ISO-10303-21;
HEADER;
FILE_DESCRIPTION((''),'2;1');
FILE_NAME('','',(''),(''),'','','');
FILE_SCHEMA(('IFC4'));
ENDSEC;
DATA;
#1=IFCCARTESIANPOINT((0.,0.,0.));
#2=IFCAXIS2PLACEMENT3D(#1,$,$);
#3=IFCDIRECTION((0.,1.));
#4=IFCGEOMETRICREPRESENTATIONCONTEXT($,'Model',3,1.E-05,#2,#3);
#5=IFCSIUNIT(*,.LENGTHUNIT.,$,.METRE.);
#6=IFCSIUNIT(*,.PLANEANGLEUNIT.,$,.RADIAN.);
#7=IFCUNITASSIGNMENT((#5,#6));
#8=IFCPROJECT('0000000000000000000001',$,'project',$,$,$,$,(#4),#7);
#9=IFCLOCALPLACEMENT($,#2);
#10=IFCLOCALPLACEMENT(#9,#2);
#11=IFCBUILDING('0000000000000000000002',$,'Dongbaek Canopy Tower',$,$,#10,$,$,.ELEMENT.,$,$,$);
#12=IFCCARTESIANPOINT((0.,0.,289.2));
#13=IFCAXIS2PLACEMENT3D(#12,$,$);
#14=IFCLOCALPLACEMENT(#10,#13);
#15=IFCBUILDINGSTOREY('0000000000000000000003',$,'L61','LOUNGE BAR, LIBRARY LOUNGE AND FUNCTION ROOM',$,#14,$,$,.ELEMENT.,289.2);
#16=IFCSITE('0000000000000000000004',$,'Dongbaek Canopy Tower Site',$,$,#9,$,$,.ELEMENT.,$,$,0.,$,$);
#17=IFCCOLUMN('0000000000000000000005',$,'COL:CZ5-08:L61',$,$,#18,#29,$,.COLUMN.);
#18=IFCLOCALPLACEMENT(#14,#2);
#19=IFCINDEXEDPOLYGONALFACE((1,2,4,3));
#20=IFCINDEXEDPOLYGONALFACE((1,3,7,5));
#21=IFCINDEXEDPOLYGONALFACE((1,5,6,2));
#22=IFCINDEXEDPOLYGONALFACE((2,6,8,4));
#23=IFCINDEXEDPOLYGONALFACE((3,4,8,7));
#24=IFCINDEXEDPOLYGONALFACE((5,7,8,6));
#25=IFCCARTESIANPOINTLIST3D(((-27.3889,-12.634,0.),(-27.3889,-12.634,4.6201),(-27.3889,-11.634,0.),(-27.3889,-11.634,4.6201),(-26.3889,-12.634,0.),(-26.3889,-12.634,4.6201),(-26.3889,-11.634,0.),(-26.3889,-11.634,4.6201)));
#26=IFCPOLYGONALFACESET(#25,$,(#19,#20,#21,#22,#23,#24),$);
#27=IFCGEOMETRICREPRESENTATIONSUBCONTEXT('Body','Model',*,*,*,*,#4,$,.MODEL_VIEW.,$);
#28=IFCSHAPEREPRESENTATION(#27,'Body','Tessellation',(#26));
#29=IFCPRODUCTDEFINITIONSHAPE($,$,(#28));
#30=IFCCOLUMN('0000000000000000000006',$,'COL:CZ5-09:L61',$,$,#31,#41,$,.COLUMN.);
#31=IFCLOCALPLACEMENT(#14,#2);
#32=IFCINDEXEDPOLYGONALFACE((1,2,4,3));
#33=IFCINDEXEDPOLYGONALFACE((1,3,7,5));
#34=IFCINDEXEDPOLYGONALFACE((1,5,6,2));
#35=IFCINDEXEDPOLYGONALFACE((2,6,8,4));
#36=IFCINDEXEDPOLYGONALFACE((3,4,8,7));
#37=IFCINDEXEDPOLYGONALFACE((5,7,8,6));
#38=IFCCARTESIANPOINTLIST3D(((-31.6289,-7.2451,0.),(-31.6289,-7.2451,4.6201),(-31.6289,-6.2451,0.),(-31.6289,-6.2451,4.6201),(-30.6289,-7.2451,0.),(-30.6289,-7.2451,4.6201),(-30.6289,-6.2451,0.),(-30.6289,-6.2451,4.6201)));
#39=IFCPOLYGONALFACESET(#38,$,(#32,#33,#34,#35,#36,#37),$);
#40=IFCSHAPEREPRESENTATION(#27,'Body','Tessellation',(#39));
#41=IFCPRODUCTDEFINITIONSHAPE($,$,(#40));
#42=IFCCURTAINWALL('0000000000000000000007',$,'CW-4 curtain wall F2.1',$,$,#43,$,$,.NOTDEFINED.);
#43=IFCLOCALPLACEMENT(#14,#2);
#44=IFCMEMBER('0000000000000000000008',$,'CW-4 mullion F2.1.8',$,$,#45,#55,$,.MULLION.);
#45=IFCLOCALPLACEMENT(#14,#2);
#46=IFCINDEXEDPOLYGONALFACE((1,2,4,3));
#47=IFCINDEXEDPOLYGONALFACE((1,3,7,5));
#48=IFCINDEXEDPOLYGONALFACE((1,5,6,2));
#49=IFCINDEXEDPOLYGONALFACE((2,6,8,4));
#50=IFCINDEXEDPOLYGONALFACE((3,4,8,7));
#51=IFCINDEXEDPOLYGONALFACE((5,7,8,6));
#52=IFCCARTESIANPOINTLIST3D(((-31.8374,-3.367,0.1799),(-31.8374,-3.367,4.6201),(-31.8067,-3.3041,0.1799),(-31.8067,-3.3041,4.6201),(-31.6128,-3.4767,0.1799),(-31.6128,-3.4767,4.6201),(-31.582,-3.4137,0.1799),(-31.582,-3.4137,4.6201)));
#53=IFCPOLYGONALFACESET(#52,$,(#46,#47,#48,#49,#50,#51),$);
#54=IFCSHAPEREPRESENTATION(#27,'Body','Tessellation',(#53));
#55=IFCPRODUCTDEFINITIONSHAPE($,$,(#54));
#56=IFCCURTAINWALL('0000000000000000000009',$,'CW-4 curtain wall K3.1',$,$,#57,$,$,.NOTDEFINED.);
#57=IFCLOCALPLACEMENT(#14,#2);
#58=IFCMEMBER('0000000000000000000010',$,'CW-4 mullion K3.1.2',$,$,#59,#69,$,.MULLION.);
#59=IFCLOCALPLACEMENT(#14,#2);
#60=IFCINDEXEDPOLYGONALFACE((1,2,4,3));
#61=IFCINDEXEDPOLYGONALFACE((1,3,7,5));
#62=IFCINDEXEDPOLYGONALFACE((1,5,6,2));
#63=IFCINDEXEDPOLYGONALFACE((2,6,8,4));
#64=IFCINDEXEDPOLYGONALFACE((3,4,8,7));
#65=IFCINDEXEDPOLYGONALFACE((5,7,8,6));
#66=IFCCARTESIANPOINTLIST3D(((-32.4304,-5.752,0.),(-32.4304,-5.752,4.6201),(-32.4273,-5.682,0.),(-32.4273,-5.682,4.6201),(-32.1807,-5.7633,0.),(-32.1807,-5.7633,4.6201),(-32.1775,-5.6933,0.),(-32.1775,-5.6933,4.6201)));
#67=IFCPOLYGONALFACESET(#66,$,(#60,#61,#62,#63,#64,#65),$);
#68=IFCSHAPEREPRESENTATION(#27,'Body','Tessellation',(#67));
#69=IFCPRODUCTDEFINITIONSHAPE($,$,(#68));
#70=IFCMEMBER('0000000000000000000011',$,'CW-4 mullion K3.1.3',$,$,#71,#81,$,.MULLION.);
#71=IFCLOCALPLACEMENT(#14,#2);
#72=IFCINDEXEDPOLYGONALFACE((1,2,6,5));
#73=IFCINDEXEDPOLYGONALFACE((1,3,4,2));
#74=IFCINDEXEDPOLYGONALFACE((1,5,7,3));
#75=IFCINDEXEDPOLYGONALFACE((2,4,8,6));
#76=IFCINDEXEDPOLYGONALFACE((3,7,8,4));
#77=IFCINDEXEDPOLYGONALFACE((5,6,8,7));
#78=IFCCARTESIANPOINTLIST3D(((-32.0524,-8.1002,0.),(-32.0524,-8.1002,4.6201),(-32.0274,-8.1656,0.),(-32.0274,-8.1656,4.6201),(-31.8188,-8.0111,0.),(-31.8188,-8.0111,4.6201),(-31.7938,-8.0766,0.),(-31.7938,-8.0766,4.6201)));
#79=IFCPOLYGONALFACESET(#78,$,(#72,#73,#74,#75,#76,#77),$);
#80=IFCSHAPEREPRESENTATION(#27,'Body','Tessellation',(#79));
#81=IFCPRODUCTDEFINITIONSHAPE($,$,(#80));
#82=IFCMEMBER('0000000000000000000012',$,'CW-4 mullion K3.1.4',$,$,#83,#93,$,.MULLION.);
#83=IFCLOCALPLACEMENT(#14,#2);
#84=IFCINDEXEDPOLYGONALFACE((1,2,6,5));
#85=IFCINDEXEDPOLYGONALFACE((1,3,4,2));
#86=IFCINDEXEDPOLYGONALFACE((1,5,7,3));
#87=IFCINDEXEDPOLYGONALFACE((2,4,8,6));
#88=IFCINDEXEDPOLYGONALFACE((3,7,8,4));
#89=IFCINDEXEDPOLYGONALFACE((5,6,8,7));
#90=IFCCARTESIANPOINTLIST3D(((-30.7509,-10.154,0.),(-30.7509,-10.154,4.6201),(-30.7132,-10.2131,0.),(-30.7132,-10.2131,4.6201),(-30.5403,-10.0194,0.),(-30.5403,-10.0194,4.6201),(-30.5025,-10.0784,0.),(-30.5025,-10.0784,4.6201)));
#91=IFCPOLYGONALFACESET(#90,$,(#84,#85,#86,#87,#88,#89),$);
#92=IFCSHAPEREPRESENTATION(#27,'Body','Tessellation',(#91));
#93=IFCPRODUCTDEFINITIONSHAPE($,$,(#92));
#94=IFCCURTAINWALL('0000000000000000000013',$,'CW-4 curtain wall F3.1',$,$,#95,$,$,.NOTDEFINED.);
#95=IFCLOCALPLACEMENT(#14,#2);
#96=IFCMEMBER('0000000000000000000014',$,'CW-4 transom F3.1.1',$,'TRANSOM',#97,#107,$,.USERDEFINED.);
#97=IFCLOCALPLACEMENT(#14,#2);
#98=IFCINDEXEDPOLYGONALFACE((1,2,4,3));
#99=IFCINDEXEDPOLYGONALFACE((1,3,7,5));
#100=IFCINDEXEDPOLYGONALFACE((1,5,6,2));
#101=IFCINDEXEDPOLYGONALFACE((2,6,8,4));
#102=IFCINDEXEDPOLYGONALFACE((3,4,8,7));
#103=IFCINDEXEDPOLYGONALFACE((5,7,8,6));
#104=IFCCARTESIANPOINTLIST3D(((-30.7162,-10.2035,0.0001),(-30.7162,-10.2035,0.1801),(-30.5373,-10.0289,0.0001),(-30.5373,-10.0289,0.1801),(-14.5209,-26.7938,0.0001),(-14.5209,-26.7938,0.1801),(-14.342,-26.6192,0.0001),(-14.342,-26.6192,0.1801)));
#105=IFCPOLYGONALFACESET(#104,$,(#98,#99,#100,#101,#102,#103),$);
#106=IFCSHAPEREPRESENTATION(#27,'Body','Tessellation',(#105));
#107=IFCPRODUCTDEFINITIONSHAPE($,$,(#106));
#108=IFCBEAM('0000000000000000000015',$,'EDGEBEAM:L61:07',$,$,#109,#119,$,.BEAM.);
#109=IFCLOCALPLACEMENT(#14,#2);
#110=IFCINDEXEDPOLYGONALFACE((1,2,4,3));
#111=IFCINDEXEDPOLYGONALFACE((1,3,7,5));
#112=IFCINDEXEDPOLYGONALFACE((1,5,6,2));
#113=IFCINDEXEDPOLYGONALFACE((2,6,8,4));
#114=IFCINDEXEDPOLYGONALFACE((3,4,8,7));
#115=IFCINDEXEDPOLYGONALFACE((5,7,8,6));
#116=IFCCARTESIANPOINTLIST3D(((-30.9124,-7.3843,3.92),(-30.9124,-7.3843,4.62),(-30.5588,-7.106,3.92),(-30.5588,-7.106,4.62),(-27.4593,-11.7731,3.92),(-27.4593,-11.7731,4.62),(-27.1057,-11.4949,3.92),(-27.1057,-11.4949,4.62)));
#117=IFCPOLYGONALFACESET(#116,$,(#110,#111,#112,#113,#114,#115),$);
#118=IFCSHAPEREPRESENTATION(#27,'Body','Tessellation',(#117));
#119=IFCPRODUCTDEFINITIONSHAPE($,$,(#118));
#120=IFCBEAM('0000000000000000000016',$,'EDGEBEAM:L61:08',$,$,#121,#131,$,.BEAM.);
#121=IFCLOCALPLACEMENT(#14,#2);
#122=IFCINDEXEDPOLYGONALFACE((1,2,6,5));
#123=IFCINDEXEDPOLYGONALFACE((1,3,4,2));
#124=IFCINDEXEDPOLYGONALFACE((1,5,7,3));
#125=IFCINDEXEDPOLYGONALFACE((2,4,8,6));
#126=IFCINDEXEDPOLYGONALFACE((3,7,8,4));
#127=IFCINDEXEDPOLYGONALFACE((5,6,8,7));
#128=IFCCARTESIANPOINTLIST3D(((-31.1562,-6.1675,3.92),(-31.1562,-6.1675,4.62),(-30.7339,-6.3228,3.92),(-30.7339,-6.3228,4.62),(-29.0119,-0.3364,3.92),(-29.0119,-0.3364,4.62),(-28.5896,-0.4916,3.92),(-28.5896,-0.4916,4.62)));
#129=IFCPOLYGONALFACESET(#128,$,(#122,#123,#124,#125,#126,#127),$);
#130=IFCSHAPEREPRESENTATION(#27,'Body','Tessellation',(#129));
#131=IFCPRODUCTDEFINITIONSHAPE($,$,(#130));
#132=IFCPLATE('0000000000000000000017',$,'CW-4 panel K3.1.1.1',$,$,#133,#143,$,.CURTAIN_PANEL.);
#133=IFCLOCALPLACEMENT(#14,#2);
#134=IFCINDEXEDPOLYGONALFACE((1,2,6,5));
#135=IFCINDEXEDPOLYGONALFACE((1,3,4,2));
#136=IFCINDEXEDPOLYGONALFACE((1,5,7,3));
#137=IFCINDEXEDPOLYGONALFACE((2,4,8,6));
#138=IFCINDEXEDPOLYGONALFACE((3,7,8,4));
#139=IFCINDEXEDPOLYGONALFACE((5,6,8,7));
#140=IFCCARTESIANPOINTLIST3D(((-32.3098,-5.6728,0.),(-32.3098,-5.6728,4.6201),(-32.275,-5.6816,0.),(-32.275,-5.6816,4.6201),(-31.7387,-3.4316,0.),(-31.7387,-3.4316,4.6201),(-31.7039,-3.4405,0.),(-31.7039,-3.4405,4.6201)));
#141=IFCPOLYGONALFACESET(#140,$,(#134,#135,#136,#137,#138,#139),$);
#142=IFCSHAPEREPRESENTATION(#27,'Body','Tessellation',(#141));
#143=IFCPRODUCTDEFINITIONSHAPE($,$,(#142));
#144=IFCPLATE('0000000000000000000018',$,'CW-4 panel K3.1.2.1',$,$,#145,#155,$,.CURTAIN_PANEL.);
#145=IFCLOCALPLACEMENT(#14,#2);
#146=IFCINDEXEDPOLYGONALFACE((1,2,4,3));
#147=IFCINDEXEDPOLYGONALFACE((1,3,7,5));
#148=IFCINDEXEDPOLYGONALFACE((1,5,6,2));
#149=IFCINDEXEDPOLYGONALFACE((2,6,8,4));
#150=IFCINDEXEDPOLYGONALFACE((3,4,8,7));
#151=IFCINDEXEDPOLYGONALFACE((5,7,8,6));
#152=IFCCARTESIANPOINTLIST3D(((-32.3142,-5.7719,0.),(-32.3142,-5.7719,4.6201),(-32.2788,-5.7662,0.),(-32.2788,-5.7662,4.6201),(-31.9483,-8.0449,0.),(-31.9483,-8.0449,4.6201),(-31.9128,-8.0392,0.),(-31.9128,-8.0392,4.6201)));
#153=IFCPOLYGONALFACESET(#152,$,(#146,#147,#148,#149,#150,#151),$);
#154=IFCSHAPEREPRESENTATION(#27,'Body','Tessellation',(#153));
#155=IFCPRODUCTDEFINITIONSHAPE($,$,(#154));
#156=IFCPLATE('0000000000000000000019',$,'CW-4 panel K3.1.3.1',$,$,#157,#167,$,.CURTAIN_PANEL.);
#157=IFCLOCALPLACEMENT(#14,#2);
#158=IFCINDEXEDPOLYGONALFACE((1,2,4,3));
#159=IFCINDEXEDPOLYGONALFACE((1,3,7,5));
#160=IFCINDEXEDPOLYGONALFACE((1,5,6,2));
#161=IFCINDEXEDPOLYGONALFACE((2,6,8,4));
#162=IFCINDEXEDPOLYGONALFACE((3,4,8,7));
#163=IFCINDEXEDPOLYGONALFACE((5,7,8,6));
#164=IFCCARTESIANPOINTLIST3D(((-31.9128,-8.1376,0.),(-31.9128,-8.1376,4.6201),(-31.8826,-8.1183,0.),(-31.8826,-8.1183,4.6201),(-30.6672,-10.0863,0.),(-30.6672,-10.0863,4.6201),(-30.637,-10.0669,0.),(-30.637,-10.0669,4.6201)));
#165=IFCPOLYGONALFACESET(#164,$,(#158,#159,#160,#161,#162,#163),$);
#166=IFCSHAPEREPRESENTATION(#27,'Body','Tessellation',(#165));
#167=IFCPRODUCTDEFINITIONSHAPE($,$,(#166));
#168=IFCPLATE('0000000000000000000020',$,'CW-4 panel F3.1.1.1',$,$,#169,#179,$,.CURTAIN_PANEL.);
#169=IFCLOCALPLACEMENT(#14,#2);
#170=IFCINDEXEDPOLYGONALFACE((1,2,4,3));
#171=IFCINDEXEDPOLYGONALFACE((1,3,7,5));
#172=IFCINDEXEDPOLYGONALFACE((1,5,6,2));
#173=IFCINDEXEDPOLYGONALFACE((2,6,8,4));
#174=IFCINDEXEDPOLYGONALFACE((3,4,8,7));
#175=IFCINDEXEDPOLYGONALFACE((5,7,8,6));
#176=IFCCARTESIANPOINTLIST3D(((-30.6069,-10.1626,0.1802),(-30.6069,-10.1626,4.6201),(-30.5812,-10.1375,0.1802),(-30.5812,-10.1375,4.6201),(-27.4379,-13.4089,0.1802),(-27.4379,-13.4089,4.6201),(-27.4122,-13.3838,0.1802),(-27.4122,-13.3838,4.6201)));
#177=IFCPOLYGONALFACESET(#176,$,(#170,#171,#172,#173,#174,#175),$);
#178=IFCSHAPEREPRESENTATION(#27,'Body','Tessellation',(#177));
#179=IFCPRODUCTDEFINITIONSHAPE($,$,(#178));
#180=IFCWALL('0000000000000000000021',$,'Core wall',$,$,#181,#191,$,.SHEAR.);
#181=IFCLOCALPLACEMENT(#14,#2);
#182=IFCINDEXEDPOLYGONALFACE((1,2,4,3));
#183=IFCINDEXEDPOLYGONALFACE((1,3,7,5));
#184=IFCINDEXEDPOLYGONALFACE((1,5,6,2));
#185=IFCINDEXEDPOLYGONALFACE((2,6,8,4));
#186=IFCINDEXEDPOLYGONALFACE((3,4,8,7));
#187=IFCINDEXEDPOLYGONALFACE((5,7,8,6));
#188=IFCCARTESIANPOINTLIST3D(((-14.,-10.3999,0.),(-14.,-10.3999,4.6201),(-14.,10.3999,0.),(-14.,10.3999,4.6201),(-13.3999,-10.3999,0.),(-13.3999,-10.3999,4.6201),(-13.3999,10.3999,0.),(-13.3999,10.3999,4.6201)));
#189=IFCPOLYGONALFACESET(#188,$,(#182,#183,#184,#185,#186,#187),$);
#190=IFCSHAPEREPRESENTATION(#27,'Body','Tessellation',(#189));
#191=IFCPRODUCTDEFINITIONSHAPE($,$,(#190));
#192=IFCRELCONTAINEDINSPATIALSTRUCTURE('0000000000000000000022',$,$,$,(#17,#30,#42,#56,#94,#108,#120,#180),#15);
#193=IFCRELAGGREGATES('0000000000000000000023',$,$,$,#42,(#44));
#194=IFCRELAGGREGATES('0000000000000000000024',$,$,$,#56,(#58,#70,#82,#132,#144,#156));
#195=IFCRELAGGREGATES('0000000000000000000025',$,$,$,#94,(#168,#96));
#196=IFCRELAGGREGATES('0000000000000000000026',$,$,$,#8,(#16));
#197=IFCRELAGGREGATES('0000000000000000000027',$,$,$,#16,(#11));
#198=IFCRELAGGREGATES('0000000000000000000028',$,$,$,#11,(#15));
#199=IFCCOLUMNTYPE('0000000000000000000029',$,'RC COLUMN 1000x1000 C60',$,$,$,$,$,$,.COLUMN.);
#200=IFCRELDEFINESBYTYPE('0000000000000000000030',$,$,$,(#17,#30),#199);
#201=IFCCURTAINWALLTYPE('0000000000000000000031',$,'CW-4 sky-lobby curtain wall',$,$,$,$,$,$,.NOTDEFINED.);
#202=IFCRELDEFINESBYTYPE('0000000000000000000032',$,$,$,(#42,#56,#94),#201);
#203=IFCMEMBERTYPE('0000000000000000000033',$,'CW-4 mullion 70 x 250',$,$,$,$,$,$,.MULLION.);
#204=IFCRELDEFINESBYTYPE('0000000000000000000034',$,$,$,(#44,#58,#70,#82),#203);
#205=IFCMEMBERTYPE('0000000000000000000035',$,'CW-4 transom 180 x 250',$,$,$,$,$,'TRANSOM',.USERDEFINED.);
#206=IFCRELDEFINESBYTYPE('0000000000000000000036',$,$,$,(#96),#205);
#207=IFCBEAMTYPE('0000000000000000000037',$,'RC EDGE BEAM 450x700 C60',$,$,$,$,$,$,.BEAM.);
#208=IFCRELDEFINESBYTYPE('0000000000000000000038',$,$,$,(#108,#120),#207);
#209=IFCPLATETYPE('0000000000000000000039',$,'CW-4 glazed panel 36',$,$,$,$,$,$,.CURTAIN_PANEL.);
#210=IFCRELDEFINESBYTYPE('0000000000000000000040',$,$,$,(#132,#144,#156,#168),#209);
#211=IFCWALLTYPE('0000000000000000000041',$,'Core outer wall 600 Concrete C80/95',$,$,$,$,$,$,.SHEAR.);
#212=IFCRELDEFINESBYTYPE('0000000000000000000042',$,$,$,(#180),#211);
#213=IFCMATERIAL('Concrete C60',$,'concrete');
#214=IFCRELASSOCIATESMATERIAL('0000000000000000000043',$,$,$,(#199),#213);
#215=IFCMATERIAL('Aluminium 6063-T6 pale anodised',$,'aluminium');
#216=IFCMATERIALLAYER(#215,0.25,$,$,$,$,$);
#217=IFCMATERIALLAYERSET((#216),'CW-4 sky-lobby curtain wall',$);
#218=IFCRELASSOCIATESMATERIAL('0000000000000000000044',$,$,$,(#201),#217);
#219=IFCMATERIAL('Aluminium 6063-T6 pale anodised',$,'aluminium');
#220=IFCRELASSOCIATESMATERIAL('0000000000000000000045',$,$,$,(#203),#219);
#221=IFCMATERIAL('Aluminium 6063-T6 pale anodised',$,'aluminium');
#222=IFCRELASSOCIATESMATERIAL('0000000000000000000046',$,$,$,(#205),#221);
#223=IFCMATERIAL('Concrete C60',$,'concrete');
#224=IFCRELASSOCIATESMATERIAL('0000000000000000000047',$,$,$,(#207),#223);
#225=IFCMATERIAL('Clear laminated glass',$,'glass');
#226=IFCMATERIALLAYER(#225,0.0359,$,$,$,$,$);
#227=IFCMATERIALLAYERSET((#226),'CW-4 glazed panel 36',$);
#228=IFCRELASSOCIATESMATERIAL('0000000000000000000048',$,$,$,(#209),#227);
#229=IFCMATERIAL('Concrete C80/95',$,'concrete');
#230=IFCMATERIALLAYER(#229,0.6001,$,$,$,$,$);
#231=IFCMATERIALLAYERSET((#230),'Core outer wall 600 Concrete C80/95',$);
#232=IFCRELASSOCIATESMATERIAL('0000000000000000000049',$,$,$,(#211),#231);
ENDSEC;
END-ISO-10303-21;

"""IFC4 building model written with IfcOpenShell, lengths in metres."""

from ifc_helpers import new_model, si_unit, direction, frame, frame_2d, origin, origin_2d, place, context, subcontext, project, spatial, rectangle, extrude, material, layer, layer_set, material_profile, profile_set, type_object, element, aggregate, save


model = new_model("IFC4")

# Units and contexts
model_context = context("Model", 3, precision=1e-05, world=origin(), true_north=direction((0.0, 1.0)))
body_context = subcontext(model_context, "Body", "Model", "MODEL_VIEW")
ifc_project = project(units=[si_unit("LENGTHUNIT", "METRE"), si_unit("PLANEANGLEUNIT", "RADIAN")], contexts=[model_context])

# Site, building, storey
site_placement = place(None, origin())
site = spatial("IfcSite", under=ifc_project, at=site_placement, Name="Dongbaek Canopy Tower Site", CompositionType="ELEMENT", RefElevation=0.0)
building_placement = place(site_placement, origin())
building = spatial("IfcBuilding", under=site, at=building_placement, Name="Dongbaek Canopy Tower", CompositionType="ELEMENT")
storey_placement = place(building_placement, frame((0.0, 0.0, 289.2)))
storey = spatial("IfcBuildingStorey", under=building, at=storey_placement, Name="L61", Description="LOUNGE BAR, LIBRARY LOUNGE AND FUNCTION ROOM", CompositionType="ELEMENT", Elevation=289.2)

# Columns
ifc_material_1 = material(Name="Concrete C60", Category="concrete")
ifc_material_profile_1 = material_profile(ifc_material_1, rectangle(XDim=1.0, YDim=1.0, at=origin_2d()), Name="RC COLUMN 1000x1000 C60")
ifc_profile_set_1 = profile_set([ifc_material_profile_1], Name="Concrete C60")
column_type = type_object("IfcColumnType", Name="RC COLUMN 1000x1000 C60", PredefinedType="COLUMN", material=ifc_profile_set_1)
for number, where, z_axis, x_axis, name in (
    (1, (-26.8889, -12.134, 0.0), (0.0, 0.0, 1.0), (1.0, 0.0, 0.0), "COL:CZ5-08:L61"),
    (2, (-31.1289, -6.7451, 0.0), (0.0, 0.0, 1.0), (1.0, 0.0, 0.0), "COL:CZ5-09:L61"),
):
    element("IfcColumn", number, at=place(storey_placement, frame(where, z_axis=z_axis, x_axis=x_axis)), inside=storey, type_object=column_type, Name=name, PredefinedType="COLUMN", context=body_context, shape_type="SweptSolid", body=[
        extrude(rectangle(XDim=1.0, YDim=1.0, at=origin_2d()), origin(), (0.0, 0.0, 1.0), 4.6201),
    ])

# Curtain wall, member
ifc_material_2 = material(Name="Aluminium 6063-T6 pale anodised", Category="aluminium")
ifc_layer_1 = layer(ifc_material_2, 0.25)
ifc_layer_set_1 = layer_set([ifc_layer_1], Name="CW-4 sky-lobby curtain wall")
curtain_wall_type = type_object("IfcCurtainWallType", Name="CW-4 sky-lobby curtain wall", PredefinedType="NOTDEFINED", material=ifc_layer_set_1)
curtain_wall_1_placement = place(storey_placement, origin())
curtain_wall_1 = element("IfcCurtainWall", 3, at=curtain_wall_1_placement, inside=storey, type_object=curtain_wall_type, Name="CW-4 curtain wall F2.1", PredefinedType="NOTDEFINED")
ifc_material_3 = material(Name="Aluminium 6063-T6 pale anodised", Category="aluminium")
ifc_material_profile_2 = material_profile(ifc_material_3, rectangle(XDim=0.25, YDim=0.0701, at=origin_2d()), Name="CW-4 mullion 70 x 250")
ifc_profile_set_2 = profile_set([ifc_material_profile_2], Name="Aluminium 6063-T6 pale anodised")
member_type_1 = type_object("IfcMemberType", Name="CW-4 mullion 70 x 250", PredefinedType="MULLION", material=ifc_profile_set_2)
member_1_placement = place(storey_placement, frame((-31.7097, -3.3904, 0.1799), z_axis=(0.0, 0.0, 1.0), x_axis=(-0.898667, 0.438631, 0.0)))
member_1 = element("IfcMember", 4, at=member_1_placement, type_object=member_type_1, Name="CW-4 mullion F2.1.8", PredefinedType="MULLION", context=body_context, shape_type="SweptSolid", body=[
    extrude(rectangle(XDim=0.25, YDim=0.0701, at=origin_2d()), origin(), (0.0, 0.0, 1.0), 4.4402),
])
aggregate(curtain_wall_1, [member_1])

# Curtain wall, members
curtain_wall_2_placement = place(storey_placement, origin())
curtain_wall_2 = element("IfcCurtainWall", 5, at=curtain_wall_2_placement, inside=storey, type_object=curtain_wall_type, Name="CW-4 curtain wall K3.1", PredefinedType="NOTDEFINED")
member_2_placement = place(storey_placement, frame((-32.304, -5.7227, 0.0), z_axis=(0.0, 0.0, 1.0), x_axis=(-0.998991, 0.044917, 0.0)))
member_2 = element("IfcMember", 6, at=member_2_placement, type_object=member_type_1, Name="CW-4 mullion K3.1.2", PredefinedType="MULLION", context=body_context, shape_type="SweptSolid", body=[
    extrude(rectangle(XDim=0.25, YDim=0.0701, at=origin_2d()), origin(), (0.0, 0.0, 1.0), 4.6201),
])
member_3_placement = place(storey_placement, frame((-31.9231, -8.0884, 0.0), z_axis=(0.0, 0.0, 1.0), x_axis=(-0.934406, -0.356211, 0.0)))
member_3 = element("IfcMember", 7, at=member_3_placement, type_object=member_type_1, Name="CW-4 mullion K3.1.3", PredefinedType="MULLION", context=body_context, shape_type="SweptSolid", body=[
    extrude(rectangle(XDim=0.25, YDim=0.0701, at=origin_2d()), origin(), (0.0, 0.0, 1.0), 4.6201),
])
member_4_placement = place(storey_placement, frame((-30.6267, -10.1162, 0.0), z_axis=(0.0, 0.0, 1.0), x_axis=(-0.842559, -0.538605, 0.0)))
member_4 = element("IfcMember", 8, at=member_4_placement, type_object=member_type_1, Name="CW-4 mullion K3.1.4", PredefinedType="MULLION", context=body_context, shape_type="SweptSolid", body=[
    extrude(rectangle(XDim=0.25, YDim=0.0701, at=origin_2d()), origin(), (0.0, 0.0, 1.0), 4.6201),
])

# Curtain wall, member
curtain_wall_3_placement = place(storey_placement, origin())
curtain_wall_3 = element("IfcCurtainWall", 9, at=curtain_wall_3_placement, inside=storey, type_object=curtain_wall_type, Name="CW-4 curtain wall F3.1", PredefinedType="NOTDEFINED")
ifc_material_4 = material(Name="Aluminium 6063-T6 pale anodised", Category="aluminium")
ifc_material_profile_3 = material_profile(ifc_material_4, rectangle(XDim=0.25, YDim=0.1799, at=origin_2d()), Name="CW-4 transom 180 x 250")
ifc_profile_set_3 = profile_set([ifc_material_profile_3], Name="Aluminium 6063-T6 pale anodised")
member_type_2 = type_object("IfcMemberType", Name="CW-4 transom 180 x 250", ElementType="TRANSOM", PredefinedType="USERDEFINED", material=ifc_profile_set_3)
member_5_placement = place(storey_placement, frame((-30.6267, -10.1162, 0.0901), z_axis=(0.698536, -0.715574, 0.0), x_axis=(0.715574, 0.698536, 0.0)))
member_5 = element("IfcMember", 10, at=member_5_placement, type_object=member_type_2, Name="CW-4 transom F3.1.1", ObjectType="TRANSOM", PredefinedType="USERDEFINED", context=body_context, shape_type="SweptSolid", body=[
    extrude(rectangle(XDim=0.25, YDim=0.1799, at=origin_2d()), origin(), (0.0, 0.0, 1.0), 23.1846),
])

# Beams
ifc_material_5 = material(Name="Concrete C60", Category="concrete")
ifc_material_profile_4 = material_profile(ifc_material_5, rectangle(XDim=0.45, YDim=0.7, at=origin_2d()), Name="RC EDGE BEAM 450x700 C60")
ifc_profile_set_4 = profile_set([ifc_material_profile_4], Name="Concrete C60")
beam_type = type_object("IfcBeamType", Name="RC EDGE BEAM 450x700 C60", PredefinedType="BEAM", material=ifc_profile_set_4)
beam_1_placement = place(storey_placement, frame((-27.2825, -11.634, 4.27), z_axis=(-0.618341, 0.78591, 0.0), x_axis=(-0.78591, -0.618341, 0.0)))
element("IfcBeam", 11, at=beam_1_placement, inside=storey, type_object=beam_type, Name="EDGEBEAM:L61:07", PredefinedType="BEAM", context=body_context, shape_type="SweptSolid", body=[
    extrude(rectangle(XDim=0.45, YDim=0.7, at=origin_2d()), origin(), (0.0, 0.0, 1.0), 5.5845),
])
beam_2_placement = place(storey_placement, frame((-30.9451, -6.2451, 4.27), z_axis=(0.345139, 0.938552, 0.0), x_axis=(-0.938552, 0.345139, 0.0)))
element("IfcBeam", 12, at=beam_2_placement, inside=storey, type_object=beam_type, Name="EDGEBEAM:L61:08", PredefinedType="BEAM", context=body_context, shape_type="SweptSolid", body=[
    extrude(rectangle(XDim=0.45, YDim=0.7, at=origin_2d()), origin(), (0.0, 0.0, 1.0), 6.2129),
])

# Plates
ifc_material_6 = material(Name="Clear laminated glass", Category="glass")
ifc_layer_2 = layer(ifc_material_6, 0.0359)
ifc_layer_set_2 = layer_set([ifc_layer_2], Name="CW-4 glazed panel 36")
plate_type = type_object("IfcPlateType", Name="CW-4 glazed panel 36", PredefinedType="CURTAIN_PANEL", material=ifc_layer_set_2)
plate_1_placement = place(storey_placement, frame((-32.0068, -4.5566, 0.0), z_axis=(0.0, 0.0, 1.0), x_axis=(-0.246923, -0.969035, 0.0)))
plate_1 = element("IfcPlate", 13, at=plate_1_placement, type_object=plate_type, Name="CW-4 panel K3.1.1.1", PredefinedType="CURTAIN_PANEL", context=body_context, shape_type="SweptSolid", body=[
    extrude(rectangle(XDim=2.3127, YDim=0.0359, at=origin_2d()), origin(), (0.0, 0.0, 1.0), 4.6201),
])
plate_2_placement = place(storey_placement, frame((-32.1135, -6.9055, 0.0), z_axis=(0.0, 0.0, 1.0), x_axis=(0.158961, -0.987285, 0.0)))
plate_2 = element("IfcPlate", 14, at=plate_2_placement, type_object=plate_type, Name="CW-4 panel K3.1.2.1", PredefinedType="CURTAIN_PANEL", context=body_context, shape_type="SweptSolid", body=[
    extrude(rectangle(XDim=2.3022, YDim=0.0359, at=origin_2d()), origin(), (0.0, 0.0, 1.0), 4.6201),
])
plate_3_placement = place(storey_placement, frame((-31.2749, -9.1023, 0.0), z_axis=(0.0, 0.0, 1.0), x_axis=(0.538605, -0.842559, 0.0)))
plate_3 = element("IfcPlate", 15, at=plate_3_placement, type_object=plate_type, Name="CW-4 panel K3.1.3.1", PredefinedType="CURTAIN_PANEL", context=body_context, shape_type="SweptSolid", body=[
    extrude(rectangle(XDim=2.3127, YDim=0.0359, at=origin_2d()), origin(), (0.0, 0.0, 1.0), 4.6201),
])
aggregate(curtain_wall_2, [member_2, member_3, member_4, plate_1, plate_2, plate_3])
plate_4_placement = place(storey_placement, frame((-29.0095, -11.7732, 0.1802), z_axis=(0.0, 0.0, 1.0), x_axis=(0.698537, -0.715574, 0.0)))
plate_4 = element("IfcPlate", 16, at=plate_4_placement, type_object=plate_type, Name="CW-4 panel F3.1.1.1", PredefinedType="CURTAIN_PANEL", context=body_context, shape_type="SweptSolid", body=[
    extrude(rectangle(XDim=4.5366, YDim=0.0359, at=origin_2d()), origin(), (0.0, 0.0, 1.0), 4.4399),
])
aggregate(curtain_wall_3, [plate_4, member_5])

# Wall
ifc_material_7 = material(Name="Concrete C80/95", Category="concrete")
ifc_layer_3 = layer(ifc_material_7, 0.6001)
ifc_layer_set_3 = layer_set([ifc_layer_3], Name="Core outer wall 600 Concrete C80/95")
wall_type_1 = type_object("IfcWallType", Name="Core outer wall 600 Concrete C80/95", PredefinedType="SHEAR", material=ifc_layer_set_3)
wall_1_placement = place(storey_placement, frame((-13.7, -10.3999, 0.0), z_axis=(0.0, 0.0, 1.0), x_axis=(0.0, 1.0, 0.0)))
element("IfcWall", 17, at=wall_1_placement, inside=storey, type_object=wall_type_1, Name="Core wall", PredefinedType="SHEAR", context=body_context, shape_type="SweptSolid", body=[
    extrude(rectangle(XDim=20.7998, YDim=0.6001, at=frame_2d((10.3999, 0.0))), origin(), (0.0, 0.0, 1.0), 4.6201),
])

save(model, "model.ifc")
